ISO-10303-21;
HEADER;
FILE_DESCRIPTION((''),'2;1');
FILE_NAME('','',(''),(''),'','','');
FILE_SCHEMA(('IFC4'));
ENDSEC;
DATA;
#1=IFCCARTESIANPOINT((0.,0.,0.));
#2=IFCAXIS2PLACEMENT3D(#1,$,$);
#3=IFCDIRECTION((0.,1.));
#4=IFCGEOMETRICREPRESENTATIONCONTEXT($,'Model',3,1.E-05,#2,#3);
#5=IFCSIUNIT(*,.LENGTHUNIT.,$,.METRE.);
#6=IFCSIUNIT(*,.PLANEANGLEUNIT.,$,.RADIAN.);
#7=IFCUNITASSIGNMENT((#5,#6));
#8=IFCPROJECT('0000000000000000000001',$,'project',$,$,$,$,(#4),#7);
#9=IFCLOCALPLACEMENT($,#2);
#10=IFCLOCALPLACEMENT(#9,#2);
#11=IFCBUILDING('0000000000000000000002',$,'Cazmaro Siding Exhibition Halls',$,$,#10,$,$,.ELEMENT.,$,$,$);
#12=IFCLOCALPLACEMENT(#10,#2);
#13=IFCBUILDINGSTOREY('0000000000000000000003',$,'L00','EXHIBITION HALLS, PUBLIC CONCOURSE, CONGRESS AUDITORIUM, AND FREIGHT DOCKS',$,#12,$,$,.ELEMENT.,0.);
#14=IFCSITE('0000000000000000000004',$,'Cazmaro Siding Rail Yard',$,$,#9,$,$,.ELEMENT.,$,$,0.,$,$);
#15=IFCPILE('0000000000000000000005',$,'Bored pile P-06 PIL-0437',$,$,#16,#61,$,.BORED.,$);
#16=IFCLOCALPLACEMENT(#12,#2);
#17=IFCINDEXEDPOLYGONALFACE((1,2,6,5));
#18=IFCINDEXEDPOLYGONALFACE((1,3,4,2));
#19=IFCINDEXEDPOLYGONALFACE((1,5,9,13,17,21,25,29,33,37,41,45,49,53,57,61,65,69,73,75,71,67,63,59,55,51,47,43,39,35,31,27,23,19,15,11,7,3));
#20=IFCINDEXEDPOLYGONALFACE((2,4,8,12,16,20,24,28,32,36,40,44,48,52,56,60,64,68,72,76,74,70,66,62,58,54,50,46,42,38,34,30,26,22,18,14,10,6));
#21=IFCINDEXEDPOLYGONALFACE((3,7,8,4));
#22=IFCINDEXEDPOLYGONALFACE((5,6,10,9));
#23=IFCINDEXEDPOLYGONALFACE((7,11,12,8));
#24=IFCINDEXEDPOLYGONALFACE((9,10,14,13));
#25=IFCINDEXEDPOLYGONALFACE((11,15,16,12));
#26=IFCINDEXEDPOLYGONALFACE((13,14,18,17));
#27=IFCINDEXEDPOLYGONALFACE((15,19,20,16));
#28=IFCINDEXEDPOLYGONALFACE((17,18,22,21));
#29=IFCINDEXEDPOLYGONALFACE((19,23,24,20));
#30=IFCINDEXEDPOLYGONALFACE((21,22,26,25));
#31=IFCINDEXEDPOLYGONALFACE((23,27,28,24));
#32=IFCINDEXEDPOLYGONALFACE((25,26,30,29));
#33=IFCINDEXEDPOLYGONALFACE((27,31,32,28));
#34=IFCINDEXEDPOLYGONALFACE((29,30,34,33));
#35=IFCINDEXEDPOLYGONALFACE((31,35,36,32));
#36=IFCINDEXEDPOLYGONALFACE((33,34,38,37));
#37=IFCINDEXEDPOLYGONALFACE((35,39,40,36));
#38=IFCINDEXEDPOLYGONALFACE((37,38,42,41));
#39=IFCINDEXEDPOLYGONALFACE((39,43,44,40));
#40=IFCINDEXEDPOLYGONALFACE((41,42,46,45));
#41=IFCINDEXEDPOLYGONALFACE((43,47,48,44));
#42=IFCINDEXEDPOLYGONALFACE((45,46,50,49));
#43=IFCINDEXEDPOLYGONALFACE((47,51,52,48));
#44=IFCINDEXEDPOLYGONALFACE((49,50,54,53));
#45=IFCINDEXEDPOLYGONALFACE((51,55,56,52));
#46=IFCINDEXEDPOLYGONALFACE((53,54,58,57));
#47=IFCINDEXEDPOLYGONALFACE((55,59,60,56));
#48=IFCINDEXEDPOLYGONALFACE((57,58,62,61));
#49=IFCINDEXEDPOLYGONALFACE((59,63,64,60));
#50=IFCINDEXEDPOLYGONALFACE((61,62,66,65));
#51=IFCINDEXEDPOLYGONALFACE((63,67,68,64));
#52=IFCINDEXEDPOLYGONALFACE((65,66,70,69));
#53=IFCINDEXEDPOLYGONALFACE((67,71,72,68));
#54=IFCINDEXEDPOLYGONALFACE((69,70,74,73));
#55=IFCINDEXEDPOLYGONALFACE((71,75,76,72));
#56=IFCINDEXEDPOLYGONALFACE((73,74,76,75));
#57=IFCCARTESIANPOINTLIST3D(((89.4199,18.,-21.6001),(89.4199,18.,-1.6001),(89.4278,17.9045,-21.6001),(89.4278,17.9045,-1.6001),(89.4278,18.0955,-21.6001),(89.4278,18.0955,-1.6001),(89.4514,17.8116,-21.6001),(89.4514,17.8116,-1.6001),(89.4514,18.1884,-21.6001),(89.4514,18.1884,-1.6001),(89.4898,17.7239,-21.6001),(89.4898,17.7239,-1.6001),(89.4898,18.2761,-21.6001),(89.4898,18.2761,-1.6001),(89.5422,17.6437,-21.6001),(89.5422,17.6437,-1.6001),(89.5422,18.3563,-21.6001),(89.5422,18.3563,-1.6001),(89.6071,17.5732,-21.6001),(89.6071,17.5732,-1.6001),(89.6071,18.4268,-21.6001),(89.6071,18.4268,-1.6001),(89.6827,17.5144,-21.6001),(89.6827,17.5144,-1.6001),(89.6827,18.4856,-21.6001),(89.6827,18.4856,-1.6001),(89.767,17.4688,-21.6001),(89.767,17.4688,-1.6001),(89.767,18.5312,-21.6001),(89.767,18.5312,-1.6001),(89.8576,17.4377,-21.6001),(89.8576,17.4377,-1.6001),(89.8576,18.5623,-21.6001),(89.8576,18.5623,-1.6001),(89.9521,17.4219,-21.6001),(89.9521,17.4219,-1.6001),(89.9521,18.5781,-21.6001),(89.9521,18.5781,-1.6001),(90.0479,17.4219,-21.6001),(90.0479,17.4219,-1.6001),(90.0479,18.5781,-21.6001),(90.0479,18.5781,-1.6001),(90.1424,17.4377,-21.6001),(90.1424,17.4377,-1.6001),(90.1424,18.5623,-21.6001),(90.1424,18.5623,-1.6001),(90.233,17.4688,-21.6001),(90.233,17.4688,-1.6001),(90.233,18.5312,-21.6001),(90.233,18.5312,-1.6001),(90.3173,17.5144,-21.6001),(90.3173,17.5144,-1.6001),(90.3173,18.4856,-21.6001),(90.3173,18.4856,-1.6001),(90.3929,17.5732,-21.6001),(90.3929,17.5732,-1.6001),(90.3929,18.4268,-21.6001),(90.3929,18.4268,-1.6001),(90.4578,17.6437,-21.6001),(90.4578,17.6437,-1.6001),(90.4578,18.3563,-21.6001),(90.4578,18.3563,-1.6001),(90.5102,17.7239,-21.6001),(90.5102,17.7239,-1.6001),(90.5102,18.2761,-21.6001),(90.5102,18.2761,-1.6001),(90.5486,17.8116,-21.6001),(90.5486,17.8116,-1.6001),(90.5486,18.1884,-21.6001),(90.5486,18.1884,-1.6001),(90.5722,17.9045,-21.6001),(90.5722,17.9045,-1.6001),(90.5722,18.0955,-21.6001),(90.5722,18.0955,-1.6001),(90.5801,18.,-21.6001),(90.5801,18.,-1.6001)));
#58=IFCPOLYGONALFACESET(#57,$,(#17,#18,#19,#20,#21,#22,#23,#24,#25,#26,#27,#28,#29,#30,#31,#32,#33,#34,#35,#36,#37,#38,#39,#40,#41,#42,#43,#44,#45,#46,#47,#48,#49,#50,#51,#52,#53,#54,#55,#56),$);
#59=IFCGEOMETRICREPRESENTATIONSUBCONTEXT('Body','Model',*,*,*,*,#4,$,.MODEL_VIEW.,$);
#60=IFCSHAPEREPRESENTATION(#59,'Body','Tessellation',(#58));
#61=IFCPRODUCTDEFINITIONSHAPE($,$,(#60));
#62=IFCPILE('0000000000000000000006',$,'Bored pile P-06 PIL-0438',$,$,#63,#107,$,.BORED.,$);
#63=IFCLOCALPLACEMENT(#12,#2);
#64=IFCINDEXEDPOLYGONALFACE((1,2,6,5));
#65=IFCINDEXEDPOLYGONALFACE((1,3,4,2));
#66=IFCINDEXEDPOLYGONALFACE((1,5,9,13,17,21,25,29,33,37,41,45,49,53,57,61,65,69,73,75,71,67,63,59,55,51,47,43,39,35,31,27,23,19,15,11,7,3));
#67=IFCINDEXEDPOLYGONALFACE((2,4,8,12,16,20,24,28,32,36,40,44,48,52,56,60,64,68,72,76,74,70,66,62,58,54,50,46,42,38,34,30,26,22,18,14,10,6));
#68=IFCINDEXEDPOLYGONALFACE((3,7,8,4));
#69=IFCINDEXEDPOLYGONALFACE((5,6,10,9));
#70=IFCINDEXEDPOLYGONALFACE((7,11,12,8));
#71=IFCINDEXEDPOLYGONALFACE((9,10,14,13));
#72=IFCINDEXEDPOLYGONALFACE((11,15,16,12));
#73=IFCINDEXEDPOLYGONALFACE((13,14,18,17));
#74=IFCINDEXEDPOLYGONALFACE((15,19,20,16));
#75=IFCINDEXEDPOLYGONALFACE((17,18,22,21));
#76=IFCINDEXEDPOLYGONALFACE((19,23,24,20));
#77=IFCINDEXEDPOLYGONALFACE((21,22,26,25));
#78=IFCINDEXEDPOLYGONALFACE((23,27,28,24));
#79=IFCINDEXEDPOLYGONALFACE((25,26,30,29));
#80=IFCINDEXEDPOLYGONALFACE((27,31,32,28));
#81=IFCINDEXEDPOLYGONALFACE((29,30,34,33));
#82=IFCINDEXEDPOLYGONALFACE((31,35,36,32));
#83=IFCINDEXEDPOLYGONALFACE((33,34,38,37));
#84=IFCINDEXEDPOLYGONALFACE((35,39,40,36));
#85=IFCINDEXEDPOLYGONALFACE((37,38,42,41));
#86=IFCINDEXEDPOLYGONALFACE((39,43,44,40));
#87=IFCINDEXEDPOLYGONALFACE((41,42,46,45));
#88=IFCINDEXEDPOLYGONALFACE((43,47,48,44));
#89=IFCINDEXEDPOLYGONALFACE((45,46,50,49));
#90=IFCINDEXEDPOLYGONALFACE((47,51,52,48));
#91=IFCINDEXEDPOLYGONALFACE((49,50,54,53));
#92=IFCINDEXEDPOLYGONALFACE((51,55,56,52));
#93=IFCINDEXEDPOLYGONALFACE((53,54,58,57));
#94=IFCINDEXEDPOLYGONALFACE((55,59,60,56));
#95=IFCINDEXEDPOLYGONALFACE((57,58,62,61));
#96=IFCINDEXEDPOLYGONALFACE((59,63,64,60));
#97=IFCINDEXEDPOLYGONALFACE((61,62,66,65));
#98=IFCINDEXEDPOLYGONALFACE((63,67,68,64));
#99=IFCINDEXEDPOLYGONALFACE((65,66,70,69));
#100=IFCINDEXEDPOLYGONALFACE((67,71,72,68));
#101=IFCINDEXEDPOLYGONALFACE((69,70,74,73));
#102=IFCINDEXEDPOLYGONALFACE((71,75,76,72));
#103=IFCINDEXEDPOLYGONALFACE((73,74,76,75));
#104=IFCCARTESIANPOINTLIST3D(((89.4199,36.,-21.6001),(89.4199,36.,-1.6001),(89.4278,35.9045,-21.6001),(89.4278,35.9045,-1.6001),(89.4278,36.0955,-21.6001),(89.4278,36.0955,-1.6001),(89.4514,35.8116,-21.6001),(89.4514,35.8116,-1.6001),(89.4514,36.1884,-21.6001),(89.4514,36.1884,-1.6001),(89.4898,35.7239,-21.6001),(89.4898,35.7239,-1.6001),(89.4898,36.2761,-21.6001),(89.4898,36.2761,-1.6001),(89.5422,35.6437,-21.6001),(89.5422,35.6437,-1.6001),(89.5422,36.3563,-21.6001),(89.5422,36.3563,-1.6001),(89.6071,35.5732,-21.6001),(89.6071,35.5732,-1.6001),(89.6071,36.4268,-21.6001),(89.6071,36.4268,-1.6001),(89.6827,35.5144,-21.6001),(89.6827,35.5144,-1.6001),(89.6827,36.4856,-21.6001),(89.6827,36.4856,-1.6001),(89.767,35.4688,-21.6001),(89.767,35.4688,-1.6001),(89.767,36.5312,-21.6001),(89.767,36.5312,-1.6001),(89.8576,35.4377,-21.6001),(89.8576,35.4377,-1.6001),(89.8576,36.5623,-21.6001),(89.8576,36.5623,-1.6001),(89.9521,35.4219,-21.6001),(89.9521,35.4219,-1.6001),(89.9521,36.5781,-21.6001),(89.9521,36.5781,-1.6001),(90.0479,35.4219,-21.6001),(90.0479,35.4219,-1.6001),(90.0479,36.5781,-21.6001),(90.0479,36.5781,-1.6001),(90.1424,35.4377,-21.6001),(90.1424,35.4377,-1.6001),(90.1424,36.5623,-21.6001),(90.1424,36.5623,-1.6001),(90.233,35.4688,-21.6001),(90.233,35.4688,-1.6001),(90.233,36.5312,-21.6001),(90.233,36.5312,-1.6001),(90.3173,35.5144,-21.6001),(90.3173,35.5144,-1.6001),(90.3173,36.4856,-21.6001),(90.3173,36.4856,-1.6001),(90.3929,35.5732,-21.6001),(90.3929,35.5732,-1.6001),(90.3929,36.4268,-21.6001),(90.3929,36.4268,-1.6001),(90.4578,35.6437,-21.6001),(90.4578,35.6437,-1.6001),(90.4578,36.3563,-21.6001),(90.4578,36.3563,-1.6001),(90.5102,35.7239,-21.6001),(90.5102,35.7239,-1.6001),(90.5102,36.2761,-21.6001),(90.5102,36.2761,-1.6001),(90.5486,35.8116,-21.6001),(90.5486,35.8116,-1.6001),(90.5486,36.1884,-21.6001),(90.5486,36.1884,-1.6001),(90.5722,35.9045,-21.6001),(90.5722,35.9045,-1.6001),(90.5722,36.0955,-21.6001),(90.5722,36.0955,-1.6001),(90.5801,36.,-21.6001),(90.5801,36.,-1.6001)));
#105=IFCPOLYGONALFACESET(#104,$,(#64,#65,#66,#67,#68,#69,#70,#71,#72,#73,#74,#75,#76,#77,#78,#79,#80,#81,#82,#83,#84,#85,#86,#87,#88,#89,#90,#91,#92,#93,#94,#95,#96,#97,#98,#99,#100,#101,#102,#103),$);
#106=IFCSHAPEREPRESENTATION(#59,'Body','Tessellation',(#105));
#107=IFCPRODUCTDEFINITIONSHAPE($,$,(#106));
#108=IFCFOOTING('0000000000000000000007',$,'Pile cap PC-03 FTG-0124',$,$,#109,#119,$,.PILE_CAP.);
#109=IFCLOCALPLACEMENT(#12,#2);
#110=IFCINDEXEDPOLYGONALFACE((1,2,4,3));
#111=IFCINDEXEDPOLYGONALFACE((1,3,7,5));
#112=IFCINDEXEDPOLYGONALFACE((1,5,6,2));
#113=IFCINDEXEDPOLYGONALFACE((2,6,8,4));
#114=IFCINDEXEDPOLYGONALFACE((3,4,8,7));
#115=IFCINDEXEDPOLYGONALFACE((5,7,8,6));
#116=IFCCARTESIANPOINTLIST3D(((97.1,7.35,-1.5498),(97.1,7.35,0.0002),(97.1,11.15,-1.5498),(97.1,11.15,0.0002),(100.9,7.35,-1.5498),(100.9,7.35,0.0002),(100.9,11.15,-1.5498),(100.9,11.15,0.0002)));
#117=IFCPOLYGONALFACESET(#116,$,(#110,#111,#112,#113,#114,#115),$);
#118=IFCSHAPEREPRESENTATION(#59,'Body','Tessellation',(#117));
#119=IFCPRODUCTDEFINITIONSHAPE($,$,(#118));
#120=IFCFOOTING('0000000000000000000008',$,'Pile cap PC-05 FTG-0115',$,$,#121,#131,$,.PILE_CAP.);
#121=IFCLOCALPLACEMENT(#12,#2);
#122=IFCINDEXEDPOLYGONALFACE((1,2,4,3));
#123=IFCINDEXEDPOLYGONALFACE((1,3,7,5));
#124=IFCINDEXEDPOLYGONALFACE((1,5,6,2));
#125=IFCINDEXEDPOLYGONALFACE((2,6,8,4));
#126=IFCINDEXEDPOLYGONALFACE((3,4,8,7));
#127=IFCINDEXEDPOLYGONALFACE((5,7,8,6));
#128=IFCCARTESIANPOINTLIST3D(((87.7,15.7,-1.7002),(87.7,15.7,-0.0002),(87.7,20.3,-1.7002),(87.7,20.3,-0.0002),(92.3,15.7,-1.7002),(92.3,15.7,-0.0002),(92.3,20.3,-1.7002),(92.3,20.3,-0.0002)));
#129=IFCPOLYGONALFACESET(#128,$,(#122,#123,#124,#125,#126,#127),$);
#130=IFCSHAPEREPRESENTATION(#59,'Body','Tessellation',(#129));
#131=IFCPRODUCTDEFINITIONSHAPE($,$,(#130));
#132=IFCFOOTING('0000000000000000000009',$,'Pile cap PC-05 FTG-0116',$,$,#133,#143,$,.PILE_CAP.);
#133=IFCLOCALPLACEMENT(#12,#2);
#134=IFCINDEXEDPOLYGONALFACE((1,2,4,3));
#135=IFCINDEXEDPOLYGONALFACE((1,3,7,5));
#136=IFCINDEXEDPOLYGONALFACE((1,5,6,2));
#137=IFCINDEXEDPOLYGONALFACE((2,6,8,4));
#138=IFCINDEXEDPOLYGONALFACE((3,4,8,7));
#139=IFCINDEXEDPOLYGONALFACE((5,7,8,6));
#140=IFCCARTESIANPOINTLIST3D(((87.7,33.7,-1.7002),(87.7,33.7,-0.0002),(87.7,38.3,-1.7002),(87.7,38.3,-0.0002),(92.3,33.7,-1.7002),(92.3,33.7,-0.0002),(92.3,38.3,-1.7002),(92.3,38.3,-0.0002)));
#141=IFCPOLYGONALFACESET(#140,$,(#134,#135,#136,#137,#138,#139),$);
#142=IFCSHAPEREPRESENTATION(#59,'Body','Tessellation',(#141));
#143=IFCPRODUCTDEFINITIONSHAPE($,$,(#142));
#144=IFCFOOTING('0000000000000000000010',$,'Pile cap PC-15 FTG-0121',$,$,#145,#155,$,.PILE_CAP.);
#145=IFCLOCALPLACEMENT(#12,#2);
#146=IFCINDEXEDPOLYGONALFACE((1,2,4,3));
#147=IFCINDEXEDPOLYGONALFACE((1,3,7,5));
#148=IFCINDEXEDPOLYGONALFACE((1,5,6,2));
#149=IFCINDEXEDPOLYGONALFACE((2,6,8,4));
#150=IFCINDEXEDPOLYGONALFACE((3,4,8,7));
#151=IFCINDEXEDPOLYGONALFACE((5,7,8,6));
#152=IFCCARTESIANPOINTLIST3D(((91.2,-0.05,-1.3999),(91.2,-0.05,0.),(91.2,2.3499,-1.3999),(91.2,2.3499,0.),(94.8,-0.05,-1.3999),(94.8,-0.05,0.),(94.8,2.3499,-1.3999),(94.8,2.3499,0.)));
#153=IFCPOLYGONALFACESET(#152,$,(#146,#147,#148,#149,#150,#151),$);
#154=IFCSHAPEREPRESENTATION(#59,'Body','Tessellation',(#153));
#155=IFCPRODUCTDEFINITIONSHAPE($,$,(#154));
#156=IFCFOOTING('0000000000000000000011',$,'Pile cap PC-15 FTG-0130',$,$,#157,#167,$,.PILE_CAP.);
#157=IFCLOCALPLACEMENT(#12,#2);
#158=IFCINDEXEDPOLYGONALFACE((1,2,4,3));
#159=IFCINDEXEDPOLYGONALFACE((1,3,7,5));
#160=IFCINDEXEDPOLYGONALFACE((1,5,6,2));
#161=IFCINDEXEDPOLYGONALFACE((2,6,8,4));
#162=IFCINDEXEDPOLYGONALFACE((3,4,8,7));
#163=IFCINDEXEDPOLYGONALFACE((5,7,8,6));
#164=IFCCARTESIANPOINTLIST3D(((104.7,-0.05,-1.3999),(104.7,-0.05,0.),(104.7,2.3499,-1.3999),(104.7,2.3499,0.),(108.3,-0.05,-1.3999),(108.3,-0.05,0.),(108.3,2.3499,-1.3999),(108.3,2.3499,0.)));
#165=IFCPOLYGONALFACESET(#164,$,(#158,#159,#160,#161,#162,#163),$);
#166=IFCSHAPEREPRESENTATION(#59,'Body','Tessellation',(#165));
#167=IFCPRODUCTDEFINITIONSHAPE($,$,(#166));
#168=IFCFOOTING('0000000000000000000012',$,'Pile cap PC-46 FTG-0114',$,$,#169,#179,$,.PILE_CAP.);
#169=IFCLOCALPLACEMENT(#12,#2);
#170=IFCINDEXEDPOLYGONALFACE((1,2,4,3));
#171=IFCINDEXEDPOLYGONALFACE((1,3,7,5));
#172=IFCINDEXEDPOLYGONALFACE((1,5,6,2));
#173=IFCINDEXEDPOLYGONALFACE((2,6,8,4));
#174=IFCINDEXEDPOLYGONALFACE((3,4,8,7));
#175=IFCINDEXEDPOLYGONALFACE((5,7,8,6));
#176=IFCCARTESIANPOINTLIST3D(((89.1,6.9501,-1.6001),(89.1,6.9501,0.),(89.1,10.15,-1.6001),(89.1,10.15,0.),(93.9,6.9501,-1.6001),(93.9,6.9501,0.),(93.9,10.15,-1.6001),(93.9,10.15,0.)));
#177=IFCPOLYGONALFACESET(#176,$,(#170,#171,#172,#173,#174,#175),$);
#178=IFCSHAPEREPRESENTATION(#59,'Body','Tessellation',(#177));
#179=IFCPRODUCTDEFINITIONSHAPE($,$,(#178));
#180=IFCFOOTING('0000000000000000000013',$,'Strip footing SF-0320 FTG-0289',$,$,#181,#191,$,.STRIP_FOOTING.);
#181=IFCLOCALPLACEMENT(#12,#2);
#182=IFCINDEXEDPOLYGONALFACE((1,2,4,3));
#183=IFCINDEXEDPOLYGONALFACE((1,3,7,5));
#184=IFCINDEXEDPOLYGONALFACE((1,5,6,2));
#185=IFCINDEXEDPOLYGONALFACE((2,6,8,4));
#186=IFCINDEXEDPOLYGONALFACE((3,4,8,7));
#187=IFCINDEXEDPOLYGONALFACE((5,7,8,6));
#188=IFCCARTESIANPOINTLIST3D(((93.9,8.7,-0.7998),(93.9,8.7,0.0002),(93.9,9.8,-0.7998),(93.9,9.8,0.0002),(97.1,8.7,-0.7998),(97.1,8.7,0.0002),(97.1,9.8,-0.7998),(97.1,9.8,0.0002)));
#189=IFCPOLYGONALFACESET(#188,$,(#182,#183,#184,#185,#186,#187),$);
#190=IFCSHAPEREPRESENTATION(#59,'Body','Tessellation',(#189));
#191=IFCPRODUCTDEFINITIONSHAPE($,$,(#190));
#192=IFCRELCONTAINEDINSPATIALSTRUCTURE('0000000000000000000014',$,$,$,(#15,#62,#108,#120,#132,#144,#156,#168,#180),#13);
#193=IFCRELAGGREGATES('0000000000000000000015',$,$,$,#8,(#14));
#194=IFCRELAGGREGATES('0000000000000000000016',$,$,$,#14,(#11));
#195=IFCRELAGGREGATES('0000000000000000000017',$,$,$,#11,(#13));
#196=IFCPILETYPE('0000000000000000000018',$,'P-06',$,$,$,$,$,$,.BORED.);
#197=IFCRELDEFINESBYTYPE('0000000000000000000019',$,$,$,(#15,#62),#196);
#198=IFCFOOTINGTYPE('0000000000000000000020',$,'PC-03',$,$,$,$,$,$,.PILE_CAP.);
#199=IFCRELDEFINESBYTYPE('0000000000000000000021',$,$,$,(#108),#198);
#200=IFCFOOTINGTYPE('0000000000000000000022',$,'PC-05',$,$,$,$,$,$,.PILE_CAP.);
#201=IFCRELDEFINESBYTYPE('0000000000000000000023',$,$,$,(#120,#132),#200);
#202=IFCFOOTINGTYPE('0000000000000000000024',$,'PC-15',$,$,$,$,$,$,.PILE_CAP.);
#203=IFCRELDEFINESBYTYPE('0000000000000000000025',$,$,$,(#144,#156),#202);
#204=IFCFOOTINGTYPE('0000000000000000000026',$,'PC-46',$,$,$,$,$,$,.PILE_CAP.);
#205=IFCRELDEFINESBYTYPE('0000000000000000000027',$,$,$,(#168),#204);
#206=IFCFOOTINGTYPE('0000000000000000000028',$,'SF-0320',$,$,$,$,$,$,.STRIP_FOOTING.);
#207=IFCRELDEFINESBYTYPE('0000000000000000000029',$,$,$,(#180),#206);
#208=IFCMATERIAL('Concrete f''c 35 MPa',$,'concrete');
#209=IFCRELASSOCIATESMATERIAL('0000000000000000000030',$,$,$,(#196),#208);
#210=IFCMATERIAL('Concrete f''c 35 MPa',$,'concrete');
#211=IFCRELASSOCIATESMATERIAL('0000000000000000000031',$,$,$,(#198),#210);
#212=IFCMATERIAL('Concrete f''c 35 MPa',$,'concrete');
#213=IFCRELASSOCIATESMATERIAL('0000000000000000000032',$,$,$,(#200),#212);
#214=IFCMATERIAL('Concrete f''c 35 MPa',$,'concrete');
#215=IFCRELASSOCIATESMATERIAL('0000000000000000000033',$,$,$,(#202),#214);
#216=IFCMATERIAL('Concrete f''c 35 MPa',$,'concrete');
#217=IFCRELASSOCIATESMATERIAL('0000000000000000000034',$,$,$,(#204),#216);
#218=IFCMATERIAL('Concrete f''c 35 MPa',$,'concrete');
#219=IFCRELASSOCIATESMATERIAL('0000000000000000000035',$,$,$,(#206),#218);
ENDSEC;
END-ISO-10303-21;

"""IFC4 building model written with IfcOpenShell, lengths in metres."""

from ifc_helpers import new_model, si_unit, direction, frame, origin, origin_2d, place, context, subcontext, project, spatial, rectangle, circle, extrude, material, material_profile, profile_set, type_object, element, save


model = new_model("IFC4")

# Units and contexts
model_context = context("Model", 3, precision=1e-05, world=origin(), true_north=direction((0.0, 1.0)))
body_context = subcontext(model_context, "Body", "Model", "MODEL_VIEW")
ifc_project = project(units=[si_unit("LENGTHUNIT", "METRE"), si_unit("PLANEANGLEUNIT", "RADIAN")], contexts=[model_context])

# Site, building, storey
site_placement = place(None, origin())
site = spatial("IfcSite", under=ifc_project, at=site_placement, Name="Cazmaro Siding Rail Yard", CompositionType="ELEMENT", RefElevation=0.0)
building_placement = place(site_placement, origin())
building = spatial("IfcBuilding", under=site, at=building_placement, Name="Cazmaro Siding Exhibition Halls", CompositionType="ELEMENT")
storey_placement = place(building_placement, origin())
storey = spatial("IfcBuildingStorey", under=building, at=storey_placement, Name="L00", Description="EXHIBITION HALLS, PUBLIC CONCOURSE, CONGRESS AUDITORIUM, AND FREIGHT DOCKS", CompositionType="ELEMENT", Elevation=0.0)

# Piles
ifc_material_1 = material(Name="Concrete f'c 35 MPa", Category="concrete")
ifc_material_profile_1 = material_profile(ifc_material_1, circle(Radius=0.5801, at=origin_2d()), Name="CIDH-1160")
ifc_profile_set_1 = profile_set([ifc_material_profile_1], Name="Concrete f'c 35 MPa")
pile_type_1 = type_object("IfcPileType", Name="P-06", PredefinedType="BORED", material=ifc_profile_set_1)
for number, where, z_axis, x_axis, name in (
    (1, (90.0, 18.0, -1.6001), (0.0, 0.0, -1.0), (1.0, 0.0, 0.0), "Bored pile P-06 PIL-0437"),
    (2, (90.0, 36.0, -1.6001), (0.0, 0.0, -1.0), (1.0, 0.0, 0.0), "Bored pile P-06 PIL-0438"),
):
    element("IfcPile", number, at=place(storey_placement, frame(where, z_axis=z_axis, x_axis=x_axis)), inside=storey, type_object=pile_type_1, Name=name, PredefinedType="BORED", context=body_context, shape_type="SweptSolid", body=[
        extrude(circle(Radius=0.5801, at=origin_2d()), origin(), (0.0, 0.0, 1.0), 20.0),
    ])

# Footings
ifc_material_2 = material(Name="Concrete f'c 35 MPa", Category="concrete")
footing_type_1 = type_object("IfcFootingType", Name="PC-03", PredefinedType="PILE_CAP", material=ifc_material_2)
footing_1_placement = place(storey_placement, frame((99.0, 9.25, -1.5498), z_axis=(0.0, 0.0, 1.0), x_axis=(1.0, 0.0, 0.0)))
element("IfcFooting", 3, at=footing_1_placement, inside=storey, type_object=footing_type_1, Name="Pile cap PC-03 FTG-0124", PredefinedType="PILE_CAP", context=body_context, shape_type="SweptSolid", body=[
    extrude(rectangle(XDim=3.8, YDim=3.8, at=origin_2d()), origin(), (0.0, 0.0, 1.0), 1.55),
])
ifc_material_3 = material(Name="Concrete f'c 35 MPa", Category="concrete")
footing_type_2 = type_object("IfcFootingType", Name="PC-05", PredefinedType="PILE_CAP", material=ifc_material_3)
for number, where, z_axis, x_axis, name in (
    (4, (90.0, 18.0, -1.7002), (0.0, 0.0, 1.0), (1.0, 0.0, 0.0), "Pile cap PC-05 FTG-0115"),
    (5, (90.0, 36.0, -1.7002), (0.0, 0.0, 1.0), (1.0, 0.0, 0.0), "Pile cap PC-05 FTG-0116"),
):
    element("IfcFooting", number, at=place(storey_placement, frame(where, z_axis=z_axis, x_axis=x_axis)), inside=storey, type_object=footing_type_2, Name=name, PredefinedType="PILE_CAP", context=body_context, shape_type="SweptSolid", body=[
        extrude(rectangle(XDim=4.6001, YDim=4.6001, at=origin_2d()), origin(), (0.0, 0.0, 1.0), 1.7),
    ])
ifc_material_4 = material(Name="Concrete f'c 35 MPa", Category="concrete")
footing_type_3 = type_object("IfcFootingType", Name="PC-15", PredefinedType="PILE_CAP", material=ifc_material_4)
for number, where, z_axis, x_axis, name in (
    (6, (93.0, 1.1499, -1.3999), (0.0, 0.0, 1.0), (1.0, 0.0, 0.0), "Pile cap PC-15 FTG-0121"),
    (7, (106.5, 1.1499, -1.3999), (0.0, 0.0, 1.0), (1.0, 0.0, 0.0), "Pile cap PC-15 FTG-0130"),
):
    element("IfcFooting", number, at=place(storey_placement, frame(where, z_axis=z_axis, x_axis=x_axis)), inside=storey, type_object=footing_type_3, Name=name, PredefinedType="PILE_CAP", context=body_context, shape_type="SweptSolid", body=[
        extrude(rectangle(XDim=3.6001, YDim=2.3999, at=origin_2d()), origin(), (0.0, 0.0, 1.0), 1.3999),
    ])
ifc_material_5 = material(Name="Concrete f'c 35 MPa", Category="concrete")
footing_type_4 = type_object("IfcFootingType", Name="PC-46", PredefinedType="PILE_CAP", material=ifc_material_5)
footing_2_placement = place(storey_placement, frame((91.5, 8.55, -1.6001), z_axis=(0.0, 0.0, 1.0), x_axis=(1.0, 0.0, 0.0)))
element("IfcFooting", 8, at=footing_2_placement, inside=storey, type_object=footing_type_4, Name="Pile cap PC-46 FTG-0114", PredefinedType="PILE_CAP", context=body_context, shape_type="SweptSolid", body=[
    extrude(rectangle(XDim=4.8, YDim=3.2, at=origin_2d()), origin(), (0.0, 0.0, 1.0), 1.6001),
])
ifc_material_6 = material(Name="Concrete f'c 35 MPa", Category="concrete")
footing_type_5 = type_object("IfcFootingType", Name="SF-0320", PredefinedType="STRIP_FOOTING", material=ifc_material_6)
footing_3_placement = place(storey_placement, frame((95.5, 9.25, -0.7998), z_axis=(0.0, 0.0, 1.0), x_axis=(1.0, 0.0, 0.0)))
element("IfcFooting", 9, at=footing_3_placement, inside=storey, type_object=footing_type_5, Name="Strip footing SF-0320 FTG-0289", PredefinedType="STRIP_FOOTING", context=body_context, shape_type="SweptSolid", body=[
    extrude(rectangle(XDim=3.2, YDim=1.1001, at=origin_2d()), origin(), (0.0, 0.0, 1.0), 0.8),
])

save(model, "model.ifc")
